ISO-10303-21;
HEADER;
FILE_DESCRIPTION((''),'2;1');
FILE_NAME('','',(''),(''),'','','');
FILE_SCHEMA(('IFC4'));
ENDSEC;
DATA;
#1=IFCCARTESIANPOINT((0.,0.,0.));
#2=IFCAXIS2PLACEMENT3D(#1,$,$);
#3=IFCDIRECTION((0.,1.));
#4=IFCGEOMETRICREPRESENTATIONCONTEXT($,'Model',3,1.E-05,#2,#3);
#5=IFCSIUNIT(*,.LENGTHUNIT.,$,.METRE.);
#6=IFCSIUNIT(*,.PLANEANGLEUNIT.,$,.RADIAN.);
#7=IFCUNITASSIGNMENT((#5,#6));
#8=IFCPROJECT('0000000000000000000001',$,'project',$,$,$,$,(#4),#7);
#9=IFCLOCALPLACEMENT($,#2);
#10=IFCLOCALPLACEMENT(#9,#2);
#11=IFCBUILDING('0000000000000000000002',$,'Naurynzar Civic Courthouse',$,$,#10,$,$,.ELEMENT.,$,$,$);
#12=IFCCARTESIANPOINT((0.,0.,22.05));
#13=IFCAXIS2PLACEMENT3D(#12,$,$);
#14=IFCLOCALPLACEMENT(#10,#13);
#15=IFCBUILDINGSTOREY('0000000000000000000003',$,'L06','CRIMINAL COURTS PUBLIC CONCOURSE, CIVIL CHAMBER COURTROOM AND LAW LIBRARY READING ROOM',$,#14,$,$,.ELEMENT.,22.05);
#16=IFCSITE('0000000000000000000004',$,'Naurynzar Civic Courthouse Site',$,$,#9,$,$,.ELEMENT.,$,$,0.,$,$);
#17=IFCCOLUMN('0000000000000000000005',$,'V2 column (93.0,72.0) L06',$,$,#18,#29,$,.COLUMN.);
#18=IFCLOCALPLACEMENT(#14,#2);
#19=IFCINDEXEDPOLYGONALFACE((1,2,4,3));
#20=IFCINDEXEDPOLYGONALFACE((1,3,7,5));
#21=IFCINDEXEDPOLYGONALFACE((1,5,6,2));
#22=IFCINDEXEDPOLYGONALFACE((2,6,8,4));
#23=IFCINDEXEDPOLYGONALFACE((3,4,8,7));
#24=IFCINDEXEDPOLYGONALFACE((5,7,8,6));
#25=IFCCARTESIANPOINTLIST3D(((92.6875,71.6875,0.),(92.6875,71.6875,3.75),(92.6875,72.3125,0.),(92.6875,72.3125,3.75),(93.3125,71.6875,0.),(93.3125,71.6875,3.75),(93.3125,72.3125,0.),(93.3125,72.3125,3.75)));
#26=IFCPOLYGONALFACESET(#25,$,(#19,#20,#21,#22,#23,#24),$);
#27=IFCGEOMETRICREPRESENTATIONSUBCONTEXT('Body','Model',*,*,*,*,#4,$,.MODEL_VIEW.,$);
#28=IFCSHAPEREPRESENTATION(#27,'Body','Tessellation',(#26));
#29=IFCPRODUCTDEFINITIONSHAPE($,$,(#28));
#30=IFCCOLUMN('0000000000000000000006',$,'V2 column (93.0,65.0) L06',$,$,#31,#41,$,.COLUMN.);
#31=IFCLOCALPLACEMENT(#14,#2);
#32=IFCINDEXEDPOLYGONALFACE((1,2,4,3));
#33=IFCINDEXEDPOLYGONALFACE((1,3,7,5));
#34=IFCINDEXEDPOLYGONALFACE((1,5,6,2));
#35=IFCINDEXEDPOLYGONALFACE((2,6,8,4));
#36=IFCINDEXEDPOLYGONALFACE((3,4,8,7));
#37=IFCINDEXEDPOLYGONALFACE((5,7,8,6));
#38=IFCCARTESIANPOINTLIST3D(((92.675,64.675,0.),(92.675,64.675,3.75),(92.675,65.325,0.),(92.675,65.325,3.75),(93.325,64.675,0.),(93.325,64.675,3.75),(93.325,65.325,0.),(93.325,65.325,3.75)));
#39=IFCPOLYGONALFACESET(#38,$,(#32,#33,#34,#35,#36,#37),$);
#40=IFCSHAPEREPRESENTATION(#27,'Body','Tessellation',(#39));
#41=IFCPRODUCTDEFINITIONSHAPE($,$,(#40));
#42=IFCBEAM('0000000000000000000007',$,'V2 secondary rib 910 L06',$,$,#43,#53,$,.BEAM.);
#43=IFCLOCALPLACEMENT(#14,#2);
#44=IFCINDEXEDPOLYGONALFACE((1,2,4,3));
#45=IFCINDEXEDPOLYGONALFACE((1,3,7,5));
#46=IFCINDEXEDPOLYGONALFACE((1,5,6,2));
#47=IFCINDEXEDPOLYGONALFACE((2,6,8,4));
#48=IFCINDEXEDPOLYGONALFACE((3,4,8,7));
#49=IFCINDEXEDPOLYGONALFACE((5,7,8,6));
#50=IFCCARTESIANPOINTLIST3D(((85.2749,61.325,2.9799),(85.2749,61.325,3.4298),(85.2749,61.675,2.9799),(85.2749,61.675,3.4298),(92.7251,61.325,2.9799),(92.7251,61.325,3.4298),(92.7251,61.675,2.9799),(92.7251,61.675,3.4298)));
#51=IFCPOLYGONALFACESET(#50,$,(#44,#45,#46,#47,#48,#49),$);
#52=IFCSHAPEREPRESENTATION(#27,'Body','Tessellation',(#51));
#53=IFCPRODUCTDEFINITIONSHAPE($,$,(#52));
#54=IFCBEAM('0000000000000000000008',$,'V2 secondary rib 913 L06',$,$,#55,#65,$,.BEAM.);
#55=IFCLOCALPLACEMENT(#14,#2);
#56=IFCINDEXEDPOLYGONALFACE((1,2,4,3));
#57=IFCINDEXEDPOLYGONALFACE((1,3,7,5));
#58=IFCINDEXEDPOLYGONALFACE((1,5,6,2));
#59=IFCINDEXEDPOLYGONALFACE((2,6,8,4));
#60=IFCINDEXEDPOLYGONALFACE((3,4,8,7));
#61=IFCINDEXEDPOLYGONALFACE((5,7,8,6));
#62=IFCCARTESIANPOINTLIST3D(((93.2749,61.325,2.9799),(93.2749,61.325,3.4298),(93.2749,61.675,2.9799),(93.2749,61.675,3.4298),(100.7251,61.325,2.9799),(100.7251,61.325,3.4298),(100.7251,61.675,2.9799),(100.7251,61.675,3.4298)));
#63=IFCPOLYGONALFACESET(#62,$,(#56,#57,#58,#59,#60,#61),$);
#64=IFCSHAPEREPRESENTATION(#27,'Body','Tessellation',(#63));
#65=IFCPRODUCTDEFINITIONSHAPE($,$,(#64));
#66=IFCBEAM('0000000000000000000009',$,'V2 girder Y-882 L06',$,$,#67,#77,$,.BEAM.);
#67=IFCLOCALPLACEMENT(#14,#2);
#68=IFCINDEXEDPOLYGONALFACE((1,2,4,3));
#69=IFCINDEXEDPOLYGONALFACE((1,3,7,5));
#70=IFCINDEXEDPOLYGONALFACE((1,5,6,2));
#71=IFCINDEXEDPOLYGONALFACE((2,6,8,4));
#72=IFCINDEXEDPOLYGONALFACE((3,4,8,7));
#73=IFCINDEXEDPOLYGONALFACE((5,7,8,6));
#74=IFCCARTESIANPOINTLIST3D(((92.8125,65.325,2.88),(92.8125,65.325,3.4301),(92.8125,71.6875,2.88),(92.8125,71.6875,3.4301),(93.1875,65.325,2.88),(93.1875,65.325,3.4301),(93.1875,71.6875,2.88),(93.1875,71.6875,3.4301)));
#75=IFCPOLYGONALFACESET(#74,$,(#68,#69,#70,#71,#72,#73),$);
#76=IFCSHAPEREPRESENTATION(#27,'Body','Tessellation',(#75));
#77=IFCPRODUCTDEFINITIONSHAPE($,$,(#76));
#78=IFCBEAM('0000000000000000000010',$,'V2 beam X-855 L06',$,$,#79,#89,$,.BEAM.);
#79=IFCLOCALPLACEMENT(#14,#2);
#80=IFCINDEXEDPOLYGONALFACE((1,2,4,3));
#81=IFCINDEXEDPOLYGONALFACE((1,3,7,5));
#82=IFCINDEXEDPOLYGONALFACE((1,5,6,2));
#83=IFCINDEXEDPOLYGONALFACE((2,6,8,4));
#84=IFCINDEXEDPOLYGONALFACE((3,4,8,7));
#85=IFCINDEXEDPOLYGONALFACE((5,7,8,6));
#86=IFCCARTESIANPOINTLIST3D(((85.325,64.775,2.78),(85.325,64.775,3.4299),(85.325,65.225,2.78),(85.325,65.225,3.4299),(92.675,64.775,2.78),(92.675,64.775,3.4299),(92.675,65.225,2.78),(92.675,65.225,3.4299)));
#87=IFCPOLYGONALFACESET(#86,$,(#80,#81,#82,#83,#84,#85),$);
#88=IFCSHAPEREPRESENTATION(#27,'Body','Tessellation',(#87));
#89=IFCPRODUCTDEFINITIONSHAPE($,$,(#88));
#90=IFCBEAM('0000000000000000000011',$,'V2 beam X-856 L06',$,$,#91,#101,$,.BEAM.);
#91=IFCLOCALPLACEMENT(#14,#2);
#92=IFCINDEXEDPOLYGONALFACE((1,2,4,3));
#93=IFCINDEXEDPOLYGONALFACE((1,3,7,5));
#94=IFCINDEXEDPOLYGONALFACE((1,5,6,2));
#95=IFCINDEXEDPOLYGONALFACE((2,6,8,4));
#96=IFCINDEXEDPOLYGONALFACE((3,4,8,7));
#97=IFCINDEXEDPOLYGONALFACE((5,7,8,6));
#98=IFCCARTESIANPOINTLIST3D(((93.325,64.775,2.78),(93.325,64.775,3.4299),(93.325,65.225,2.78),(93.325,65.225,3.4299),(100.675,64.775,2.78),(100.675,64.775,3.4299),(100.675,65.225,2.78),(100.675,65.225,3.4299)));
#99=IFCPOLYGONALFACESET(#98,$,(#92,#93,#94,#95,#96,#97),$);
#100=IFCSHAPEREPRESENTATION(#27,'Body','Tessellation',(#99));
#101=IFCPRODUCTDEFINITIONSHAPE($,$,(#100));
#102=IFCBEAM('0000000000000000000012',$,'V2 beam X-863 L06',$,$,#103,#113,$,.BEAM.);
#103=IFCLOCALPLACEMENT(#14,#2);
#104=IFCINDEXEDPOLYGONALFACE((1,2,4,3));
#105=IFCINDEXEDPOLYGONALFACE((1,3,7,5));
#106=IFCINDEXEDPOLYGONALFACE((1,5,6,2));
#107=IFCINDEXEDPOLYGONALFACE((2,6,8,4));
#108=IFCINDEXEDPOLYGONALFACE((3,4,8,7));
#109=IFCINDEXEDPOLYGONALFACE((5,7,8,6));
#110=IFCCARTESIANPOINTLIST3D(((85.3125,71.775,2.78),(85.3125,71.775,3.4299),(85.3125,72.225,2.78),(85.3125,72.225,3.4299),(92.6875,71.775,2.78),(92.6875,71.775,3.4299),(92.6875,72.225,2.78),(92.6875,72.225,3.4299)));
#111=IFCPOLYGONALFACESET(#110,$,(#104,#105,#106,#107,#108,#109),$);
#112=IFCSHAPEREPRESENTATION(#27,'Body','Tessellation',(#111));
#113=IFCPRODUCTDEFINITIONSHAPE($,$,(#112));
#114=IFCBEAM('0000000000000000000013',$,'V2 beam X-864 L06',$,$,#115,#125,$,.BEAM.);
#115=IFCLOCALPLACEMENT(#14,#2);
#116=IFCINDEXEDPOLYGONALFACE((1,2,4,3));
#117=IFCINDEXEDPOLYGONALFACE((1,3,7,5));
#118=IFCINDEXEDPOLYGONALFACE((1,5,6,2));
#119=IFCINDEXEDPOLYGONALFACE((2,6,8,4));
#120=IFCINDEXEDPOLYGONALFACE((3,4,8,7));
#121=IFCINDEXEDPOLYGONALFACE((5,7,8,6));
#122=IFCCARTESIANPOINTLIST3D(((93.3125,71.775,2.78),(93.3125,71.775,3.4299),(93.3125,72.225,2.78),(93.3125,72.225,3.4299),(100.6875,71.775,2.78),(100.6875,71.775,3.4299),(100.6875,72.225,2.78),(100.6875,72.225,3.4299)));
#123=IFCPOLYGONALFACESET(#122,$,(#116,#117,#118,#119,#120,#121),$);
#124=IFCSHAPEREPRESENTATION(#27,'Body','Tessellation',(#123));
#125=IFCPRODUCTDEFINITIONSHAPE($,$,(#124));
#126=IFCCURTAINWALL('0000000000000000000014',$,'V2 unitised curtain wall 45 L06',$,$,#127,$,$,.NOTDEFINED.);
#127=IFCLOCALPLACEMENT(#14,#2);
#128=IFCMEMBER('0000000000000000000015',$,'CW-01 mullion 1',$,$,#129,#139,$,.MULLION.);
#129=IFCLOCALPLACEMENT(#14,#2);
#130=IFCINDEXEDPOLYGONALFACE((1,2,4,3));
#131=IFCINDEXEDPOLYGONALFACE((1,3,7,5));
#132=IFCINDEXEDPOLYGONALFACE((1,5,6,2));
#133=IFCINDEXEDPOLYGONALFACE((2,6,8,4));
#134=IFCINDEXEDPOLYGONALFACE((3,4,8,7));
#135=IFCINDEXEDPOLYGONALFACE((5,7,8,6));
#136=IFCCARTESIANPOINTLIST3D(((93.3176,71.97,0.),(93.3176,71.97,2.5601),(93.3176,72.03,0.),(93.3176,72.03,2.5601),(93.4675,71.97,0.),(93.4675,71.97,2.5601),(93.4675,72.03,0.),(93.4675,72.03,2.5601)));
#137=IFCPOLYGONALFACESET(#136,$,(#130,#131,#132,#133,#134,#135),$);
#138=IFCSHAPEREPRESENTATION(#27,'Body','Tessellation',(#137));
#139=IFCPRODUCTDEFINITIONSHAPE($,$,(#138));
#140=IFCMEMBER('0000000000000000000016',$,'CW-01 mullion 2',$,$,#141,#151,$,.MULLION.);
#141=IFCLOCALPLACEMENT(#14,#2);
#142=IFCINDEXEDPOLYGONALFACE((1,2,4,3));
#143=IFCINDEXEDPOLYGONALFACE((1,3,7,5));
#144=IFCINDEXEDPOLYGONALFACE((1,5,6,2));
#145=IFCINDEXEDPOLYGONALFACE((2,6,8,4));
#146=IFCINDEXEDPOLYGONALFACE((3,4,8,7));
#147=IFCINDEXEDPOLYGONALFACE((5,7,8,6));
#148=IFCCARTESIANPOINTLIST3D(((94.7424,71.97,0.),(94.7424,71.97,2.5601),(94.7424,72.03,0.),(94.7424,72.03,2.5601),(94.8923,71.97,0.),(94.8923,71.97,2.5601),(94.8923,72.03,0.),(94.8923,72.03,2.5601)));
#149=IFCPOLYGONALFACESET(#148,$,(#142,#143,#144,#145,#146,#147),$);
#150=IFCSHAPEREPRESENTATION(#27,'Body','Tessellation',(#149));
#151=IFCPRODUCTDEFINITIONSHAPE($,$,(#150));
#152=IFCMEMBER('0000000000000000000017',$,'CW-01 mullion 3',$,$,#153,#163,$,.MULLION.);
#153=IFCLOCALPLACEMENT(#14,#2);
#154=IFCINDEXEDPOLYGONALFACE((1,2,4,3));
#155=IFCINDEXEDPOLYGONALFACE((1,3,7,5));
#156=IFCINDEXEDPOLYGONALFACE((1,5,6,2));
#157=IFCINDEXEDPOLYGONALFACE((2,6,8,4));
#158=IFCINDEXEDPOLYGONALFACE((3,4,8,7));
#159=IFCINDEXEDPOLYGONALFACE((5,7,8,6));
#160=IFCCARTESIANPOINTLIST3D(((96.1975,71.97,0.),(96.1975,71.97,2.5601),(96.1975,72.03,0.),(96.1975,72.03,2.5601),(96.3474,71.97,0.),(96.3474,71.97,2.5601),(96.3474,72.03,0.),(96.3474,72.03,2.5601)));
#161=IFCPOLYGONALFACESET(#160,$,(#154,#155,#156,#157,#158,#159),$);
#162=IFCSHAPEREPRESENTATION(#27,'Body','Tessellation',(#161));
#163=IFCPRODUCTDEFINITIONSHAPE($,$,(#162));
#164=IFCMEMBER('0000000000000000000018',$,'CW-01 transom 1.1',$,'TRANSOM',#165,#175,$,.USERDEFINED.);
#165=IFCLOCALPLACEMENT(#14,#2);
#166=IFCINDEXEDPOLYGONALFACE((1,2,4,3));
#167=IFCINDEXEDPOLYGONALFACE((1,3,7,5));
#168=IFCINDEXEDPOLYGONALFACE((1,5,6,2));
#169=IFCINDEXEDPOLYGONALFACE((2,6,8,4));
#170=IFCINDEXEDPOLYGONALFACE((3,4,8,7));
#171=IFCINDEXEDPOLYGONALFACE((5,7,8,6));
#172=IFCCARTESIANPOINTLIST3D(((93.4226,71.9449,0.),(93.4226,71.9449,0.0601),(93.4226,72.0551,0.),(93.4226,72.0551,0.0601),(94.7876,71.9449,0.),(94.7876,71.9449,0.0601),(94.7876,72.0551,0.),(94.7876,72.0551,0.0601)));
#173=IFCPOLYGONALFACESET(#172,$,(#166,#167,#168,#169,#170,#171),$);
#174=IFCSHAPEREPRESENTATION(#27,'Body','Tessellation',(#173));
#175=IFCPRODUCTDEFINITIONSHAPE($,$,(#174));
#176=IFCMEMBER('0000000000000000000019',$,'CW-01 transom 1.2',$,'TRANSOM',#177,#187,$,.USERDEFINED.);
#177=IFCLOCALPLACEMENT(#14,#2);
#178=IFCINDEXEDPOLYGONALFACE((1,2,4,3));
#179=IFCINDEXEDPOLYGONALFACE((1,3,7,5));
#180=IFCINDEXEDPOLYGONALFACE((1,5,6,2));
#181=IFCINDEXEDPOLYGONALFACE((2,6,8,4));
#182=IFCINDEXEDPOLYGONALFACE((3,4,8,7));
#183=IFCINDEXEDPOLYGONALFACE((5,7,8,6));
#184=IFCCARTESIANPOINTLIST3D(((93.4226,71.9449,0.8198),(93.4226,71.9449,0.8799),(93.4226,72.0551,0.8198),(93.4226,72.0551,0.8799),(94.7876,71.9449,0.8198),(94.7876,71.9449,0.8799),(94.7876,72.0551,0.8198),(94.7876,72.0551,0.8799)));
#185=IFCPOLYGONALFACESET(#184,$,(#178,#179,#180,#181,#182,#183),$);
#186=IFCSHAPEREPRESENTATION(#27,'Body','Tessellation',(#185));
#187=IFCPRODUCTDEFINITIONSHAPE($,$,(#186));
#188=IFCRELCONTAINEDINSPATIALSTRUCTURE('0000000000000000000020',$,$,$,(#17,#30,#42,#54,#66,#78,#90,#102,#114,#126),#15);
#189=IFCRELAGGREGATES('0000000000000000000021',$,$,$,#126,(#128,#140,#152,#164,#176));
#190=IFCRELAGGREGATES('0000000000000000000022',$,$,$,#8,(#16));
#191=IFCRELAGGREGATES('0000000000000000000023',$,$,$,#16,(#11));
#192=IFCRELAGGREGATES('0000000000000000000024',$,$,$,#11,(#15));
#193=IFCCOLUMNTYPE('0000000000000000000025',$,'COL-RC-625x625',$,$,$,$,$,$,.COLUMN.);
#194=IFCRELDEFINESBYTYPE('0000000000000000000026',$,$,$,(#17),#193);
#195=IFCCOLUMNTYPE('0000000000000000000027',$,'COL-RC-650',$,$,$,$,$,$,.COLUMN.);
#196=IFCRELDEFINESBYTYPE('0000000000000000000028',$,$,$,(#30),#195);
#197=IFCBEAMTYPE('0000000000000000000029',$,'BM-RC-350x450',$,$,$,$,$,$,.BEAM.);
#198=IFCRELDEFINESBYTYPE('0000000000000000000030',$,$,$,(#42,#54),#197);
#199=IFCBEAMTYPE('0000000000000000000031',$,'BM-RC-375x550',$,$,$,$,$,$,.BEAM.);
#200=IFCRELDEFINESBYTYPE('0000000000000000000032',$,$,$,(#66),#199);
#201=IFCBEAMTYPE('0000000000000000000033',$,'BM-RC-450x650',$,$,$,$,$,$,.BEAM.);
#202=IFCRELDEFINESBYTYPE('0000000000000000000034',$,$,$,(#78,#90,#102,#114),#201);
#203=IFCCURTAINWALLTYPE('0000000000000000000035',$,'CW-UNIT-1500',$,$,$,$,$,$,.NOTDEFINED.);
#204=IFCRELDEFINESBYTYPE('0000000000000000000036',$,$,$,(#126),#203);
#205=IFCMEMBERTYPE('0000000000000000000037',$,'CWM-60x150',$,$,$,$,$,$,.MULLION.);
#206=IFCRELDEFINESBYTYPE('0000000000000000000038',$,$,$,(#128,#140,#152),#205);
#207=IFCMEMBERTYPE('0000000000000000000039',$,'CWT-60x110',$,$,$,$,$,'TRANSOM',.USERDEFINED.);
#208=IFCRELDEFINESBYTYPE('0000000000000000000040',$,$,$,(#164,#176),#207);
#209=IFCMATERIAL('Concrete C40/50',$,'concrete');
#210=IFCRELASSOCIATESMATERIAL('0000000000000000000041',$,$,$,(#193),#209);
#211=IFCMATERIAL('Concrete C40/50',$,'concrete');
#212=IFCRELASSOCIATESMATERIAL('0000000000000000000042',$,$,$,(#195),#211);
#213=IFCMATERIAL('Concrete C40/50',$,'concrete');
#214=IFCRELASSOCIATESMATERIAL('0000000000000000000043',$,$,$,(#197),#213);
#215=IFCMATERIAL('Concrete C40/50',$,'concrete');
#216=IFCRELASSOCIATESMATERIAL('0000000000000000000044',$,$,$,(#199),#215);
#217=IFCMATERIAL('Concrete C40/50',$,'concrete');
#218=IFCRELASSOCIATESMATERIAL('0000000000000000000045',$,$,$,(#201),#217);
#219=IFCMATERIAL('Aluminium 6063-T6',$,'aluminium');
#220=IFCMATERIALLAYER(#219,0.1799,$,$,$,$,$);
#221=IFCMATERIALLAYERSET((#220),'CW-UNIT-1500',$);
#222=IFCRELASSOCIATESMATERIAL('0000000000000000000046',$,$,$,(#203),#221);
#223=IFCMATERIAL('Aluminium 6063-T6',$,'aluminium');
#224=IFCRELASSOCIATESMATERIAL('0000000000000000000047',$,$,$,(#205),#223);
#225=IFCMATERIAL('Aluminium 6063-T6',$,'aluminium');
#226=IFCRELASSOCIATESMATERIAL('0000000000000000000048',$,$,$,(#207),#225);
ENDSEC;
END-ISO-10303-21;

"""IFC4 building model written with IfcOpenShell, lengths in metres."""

from ifc_helpers import new_model, si_unit, direction, frame, origin, origin_2d, place, context, subcontext, project, spatial, rectangle, extrude, material, layer, layer_set, material_profile, profile_set, type_object, element, aggregate, save


model = new_model("IFC4")

# Units and contexts
model_context = context("Model", 3, precision=1e-05, world=origin(), true_north=direction((0.0, 1.0)))
body_context = subcontext(model_context, "Body", "Model", "MODEL_VIEW")
ifc_project = project(units=[si_unit("LENGTHUNIT", "METRE"), si_unit("PLANEANGLEUNIT", "RADIAN")], contexts=[model_context])

# Site, building, storey
site_placement = place(None, origin())
site = spatial("IfcSite", under=ifc_project, at=site_placement, Name="Naurynzar Civic Courthouse Site", CompositionType="ELEMENT", RefElevation=0.0)
building_placement = place(site_placement, origin())
building = spatial("IfcBuilding", under=site, at=building_placement, Name="Naurynzar Civic Courthouse", CompositionType="ELEMENT")
storey_placement = place(building_placement, frame((0.0, 0.0, 22.05)))
storey = spatial("IfcBuildingStorey", under=building, at=storey_placement, Name="L06", Description="CRIMINAL COURTS PUBLIC CONCOURSE, CIVIL CHAMBER COURTROOM AND LAW LIBRARY READING ROOM", CompositionType="ELEMENT", Elevation=22.05)

# Columns
ifc_material_1 = material(Name="Concrete C40/50", Category="concrete")
ifc_material_profile_1 = material_profile(ifc_material_1, rectangle(XDim=0.625, YDim=0.625, at=origin_2d()), Name="RC 625x625")
ifc_profile_set_1 = profile_set([ifc_material_profile_1], Name="Concrete C40/50")
column_type_1 = type_object("IfcColumnType", Name="COL-RC-625x625", PredefinedType="COLUMN", material=ifc_profile_set_1)
column_1_placement = place(storey_placement, frame((93.0, 72.0, 0.0), z_axis=(0.0, 0.0, 1.0), x_axis=(1.0, 0.0, 0.0)))
element("IfcColumn", 1, at=column_1_placement, inside=storey, type_object=column_type_1, Name="V2 column (93.0,72.0) L06", PredefinedType="COLUMN", context=body_context, shape_type="SweptSolid", body=[
    extrude(rectangle(XDim=0.625, YDim=0.625, at=origin_2d()), origin(), (0.0, 0.0, 1.0), 3.75),
])
ifc_material_2 = material(Name="Concrete C40/50", Category="concrete")
ifc_material_profile_2 = material_profile(ifc_material_2, rectangle(XDim=0.6499, YDim=0.6499, at=origin_2d()), Name="RC 650x650")
ifc_profile_set_2 = profile_set([ifc_material_profile_2], Name="Concrete C40/50")
column_type_2 = type_object("IfcColumnType", Name="COL-RC-650", PredefinedType="COLUMN", material=ifc_profile_set_2)
column_2_placement = place(storey_placement, frame((93.0, 65.0, 0.0), z_axis=(0.0, 0.0, 1.0), x_axis=(1.0, 0.0, 0.0)))
element("IfcColumn", 2, at=column_2_placement, inside=storey, type_object=column_type_2, Name="V2 column (93.0,65.0) L06", PredefinedType="COLUMN", context=body_context, shape_type="SweptSolid", body=[
    extrude(rectangle(XDim=0.6499, YDim=0.6499, at=origin_2d()), origin(), (0.0, 0.0, 1.0), 3.75),
])

# Beams
ifc_material_3 = material(Name="Concrete C40/50", Category="concrete")
ifc_material_profile_3 = material_profile(ifc_material_3, rectangle(XDim=0.3501, YDim=0.45, at=origin_2d()), Name="RCB 350x450")
ifc_profile_set_3 = profile_set([ifc_material_profile_3], Name="Concrete C40/50")
beam_type_1 = type_object("IfcBeamType", Name="BM-RC-350x450", PredefinedType="BEAM", material=ifc_profile_set_3)
for number, where, z_axis, x_axis, name in (
    (3, (85.2749, 61.5, 3.2048), (1.0, 0.0, 0.0), (0.0, 1.0, 0.0), "V2 secondary rib 910 L06"),
    (4, (93.2749, 61.5, 3.2048), (1.0, 0.0, 0.0), (0.0, 1.0, 0.0), "V2 secondary rib 913 L06"),
):
    element("IfcBeam", number, at=place(storey_placement, frame(where, z_axis=z_axis, x_axis=x_axis)), inside=storey, type_object=beam_type_1, Name=name, PredefinedType="BEAM", context=body_context, shape_type="SweptSolid", body=[
        extrude(rectangle(XDim=0.3501, YDim=0.45, at=origin_2d()), origin(), (0.0, 0.0, 1.0), 7.4502),
    ])
ifc_material_4 = material(Name="Concrete C40/50", Category="concrete")
ifc_material_profile_4 = material_profile(ifc_material_4, rectangle(XDim=0.375, YDim=0.55, at=origin_2d()), Name="RCB 375x550")
ifc_profile_set_4 = profile_set([ifc_material_profile_4], Name="Concrete C40/50")
beam_type_2 = type_object("IfcBeamType", Name="BM-RC-375x550", PredefinedType="BEAM", material=ifc_profile_set_4)
beam_placement = place(storey_placement, frame((93.0, 65.325, 3.155), z_axis=(0.0, 1.0, 0.0), x_axis=(-1.0, 0.0, 0.0)))
element("IfcBeam", 5, at=beam_placement, inside=storey, type_object=beam_type_2, Name="V2 girder Y-882 L06", PredefinedType="BEAM", context=body_context, shape_type="SweptSolid", body=[
    extrude(rectangle(XDim=0.375, YDim=0.55, at=origin_2d()), origin(), (0.0, 0.0, 1.0), 6.3625),
])
ifc_material_5 = material(Name="Concrete C40/50", Category="concrete")
ifc_material_profile_5 = material_profile(ifc_material_5, rectangle(XDim=0.45, YDim=0.6499, at=origin_2d()), Name="RCB 450x650")
ifc_profile_set_5 = profile_set([ifc_material_profile_5], Name="Concrete C40/50")
beam_type_3 = type_object("IfcBeamType", Name="BM-RC-450x650", PredefinedType="BEAM", material=ifc_profile_set_5)
for number, where, z_axis, x_axis, name in (
    (6, (85.325, 65.0, 3.105), (1.0, 0.0, 0.0), (0.0, 1.0, 0.0), "V2 beam X-855 L06"),
    (7, (93.325, 65.0, 3.105), (1.0, 0.0, 0.0), (0.0, 1.0, 0.0), "V2 beam X-856 L06"),
):
    element("IfcBeam", number, at=place(storey_placement, frame(where, z_axis=z_axis, x_axis=x_axis)), inside=storey, type_object=beam_type_3, Name=name, PredefinedType="BEAM", context=body_context, shape_type="SweptSolid", body=[
        extrude(rectangle(XDim=0.45, YDim=0.6499, at=origin_2d()), origin(), (0.0, 0.0, 1.0), 7.3501),
    ])
for number, where, z_axis, x_axis, name in (
    (8, (85.3125, 72.0, 3.105), (1.0, 0.0, 0.0), (0.0, 1.0, 0.0), "V2 beam X-863 L06"),
    (9, (93.3125, 72.0, 3.105), (1.0, 0.0, 0.0), (0.0, 1.0, 0.0), "V2 beam X-864 L06"),
):
    element("IfcBeam", number, at=place(storey_placement, frame(where, z_axis=z_axis, x_axis=x_axis)), inside=storey, type_object=beam_type_3, Name=name, PredefinedType="BEAM", context=body_context, shape_type="SweptSolid", body=[
        extrude(rectangle(XDim=0.45, YDim=0.6499, at=origin_2d()), origin(), (0.0, 0.0, 1.0), 7.375),
    ])

# Curtain wall, members
ifc_material_6 = material(Name="Aluminium 6063-T6", Category="aluminium")
ifc_layer_1 = layer(ifc_material_6, 0.1799)
ifc_layer_set_1 = layer_set([ifc_layer_1], Name="CW-UNIT-1500")
curtain_wall_type = type_object("IfcCurtainWallType", Name="CW-UNIT-1500", PredefinedType="NOTDEFINED", material=ifc_layer_set_1)
curtain_wall_placement = place(storey_placement, origin())
curtain_wall = element("IfcCurtainWall", 10, at=curtain_wall_placement, inside=storey, type_object=curtain_wall_type, Name="V2 unitised curtain wall 45 L06", PredefinedType="NOTDEFINED")
ifc_material_7 = material(Name="Aluminium 6063-T6", Category="aluminium")
ifc_material_profile_6 = material_profile(ifc_material_7, rectangle(XDim=0.0601, YDim=0.1499, at=origin_2d()), Name="ALU MULLION 60x150")
ifc_profile_set_6 = profile_set([ifc_material_profile_6], Name="Aluminium 6063-T6")
member_type_1 = type_object("IfcMemberType", Name="CWM-60x150", PredefinedType="MULLION", material=ifc_profile_set_6)
member_1_placement = place(storey_placement, frame((93.3926, 72.0, 0.0), z_axis=(0.0, 0.0, 1.0), x_axis=(0.0, 1.0, 0.0)))
member_1 = element("IfcMember", 11, at=member_1_placement, type_object=member_type_1, Name="CW-01 mullion 1", PredefinedType="MULLION", context=body_context, shape_type="SweptSolid", body=[
    extrude(rectangle(XDim=0.0601, YDim=0.1499, at=origin_2d()), origin(), (0.0, 0.0, 1.0), 2.5601),
])
member_2_placement = place(storey_placement, frame((94.8174, 72.0, 0.0), z_axis=(0.0, 0.0, 1.0), x_axis=(0.0, 1.0, 0.0)))
member_2 = element("IfcMember", 12, at=member_2_placement, type_object=member_type_1, Name="CW-01 mullion 2", PredefinedType="MULLION", context=body_context, shape_type="SweptSolid", body=[
    extrude(rectangle(XDim=0.0601, YDim=0.1499, at=origin_2d()), origin(), (0.0, 0.0, 1.0), 2.5601),
])
member_3_placement = place(storey_placement, frame((96.2725, 72.0, 0.0), z_axis=(0.0, 0.0, 1.0), x_axis=(0.0, 1.0, 0.0)))
member_3 = element("IfcMember", 13, at=member_3_placement, type_object=member_type_1, Name="CW-01 mullion 3", PredefinedType="MULLION", context=body_context, shape_type="SweptSolid", body=[
    extrude(rectangle(XDim=0.0601, YDim=0.1499, at=origin_2d()), origin(), (0.0, 0.0, 1.0), 2.5601),
])
ifc_material_8 = material(Name="Aluminium 6063-T6", Category="aluminium")
ifc_material_profile_7 = material_profile(ifc_material_8, rectangle(XDim=0.1101, YDim=0.0601, at=origin_2d()), Name="ALU TRANSOM 60x110")
ifc_profile_set_7 = profile_set([ifc_material_profile_7], Name="Aluminium 6063-T6")
member_type_2 = type_object("IfcMemberType", Name="CWT-60x110", ElementType="TRANSOM", PredefinedType="USERDEFINED", material=ifc_profile_set_7)
member_4_placement = place(storey_placement, frame((93.4226, 72.0, 0.03), z_axis=(1.0, 0.0, 0.0), x_axis=(0.0, 1.0, 0.0)))
member_4 = element("IfcMember", 14, at=member_4_placement, type_object=member_type_2, Name="CW-01 transom 1.1", ObjectType="TRANSOM", PredefinedType="USERDEFINED", context=body_context, shape_type="SweptSolid", body=[
    extrude(rectangle(XDim=0.1101, YDim=0.0601, at=origin_2d()), origin(), (0.0, 0.0, 1.0), 1.365),
])
member_5_placement = place(storey_placement, frame((93.4226, 72.0, 0.8499), z_axis=(1.0, 0.0, 0.0), x_axis=(0.0, 1.0, 0.0)))
member_5 = element("IfcMember", 15, at=member_5_placement, type_object=member_type_2, Name="CW-01 transom 1.2", ObjectType="TRANSOM", PredefinedType="USERDEFINED", context=body_context, shape_type="SweptSolid", body=[
    extrude(rectangle(XDim=0.1101, YDim=0.0601, at=origin_2d()), origin(), (0.0, 0.0, 1.0), 1.365),
])
aggregate(curtain_wall, [member_1, member_2, member_3, member_4, member_5])

save(model, "model.ifc")
